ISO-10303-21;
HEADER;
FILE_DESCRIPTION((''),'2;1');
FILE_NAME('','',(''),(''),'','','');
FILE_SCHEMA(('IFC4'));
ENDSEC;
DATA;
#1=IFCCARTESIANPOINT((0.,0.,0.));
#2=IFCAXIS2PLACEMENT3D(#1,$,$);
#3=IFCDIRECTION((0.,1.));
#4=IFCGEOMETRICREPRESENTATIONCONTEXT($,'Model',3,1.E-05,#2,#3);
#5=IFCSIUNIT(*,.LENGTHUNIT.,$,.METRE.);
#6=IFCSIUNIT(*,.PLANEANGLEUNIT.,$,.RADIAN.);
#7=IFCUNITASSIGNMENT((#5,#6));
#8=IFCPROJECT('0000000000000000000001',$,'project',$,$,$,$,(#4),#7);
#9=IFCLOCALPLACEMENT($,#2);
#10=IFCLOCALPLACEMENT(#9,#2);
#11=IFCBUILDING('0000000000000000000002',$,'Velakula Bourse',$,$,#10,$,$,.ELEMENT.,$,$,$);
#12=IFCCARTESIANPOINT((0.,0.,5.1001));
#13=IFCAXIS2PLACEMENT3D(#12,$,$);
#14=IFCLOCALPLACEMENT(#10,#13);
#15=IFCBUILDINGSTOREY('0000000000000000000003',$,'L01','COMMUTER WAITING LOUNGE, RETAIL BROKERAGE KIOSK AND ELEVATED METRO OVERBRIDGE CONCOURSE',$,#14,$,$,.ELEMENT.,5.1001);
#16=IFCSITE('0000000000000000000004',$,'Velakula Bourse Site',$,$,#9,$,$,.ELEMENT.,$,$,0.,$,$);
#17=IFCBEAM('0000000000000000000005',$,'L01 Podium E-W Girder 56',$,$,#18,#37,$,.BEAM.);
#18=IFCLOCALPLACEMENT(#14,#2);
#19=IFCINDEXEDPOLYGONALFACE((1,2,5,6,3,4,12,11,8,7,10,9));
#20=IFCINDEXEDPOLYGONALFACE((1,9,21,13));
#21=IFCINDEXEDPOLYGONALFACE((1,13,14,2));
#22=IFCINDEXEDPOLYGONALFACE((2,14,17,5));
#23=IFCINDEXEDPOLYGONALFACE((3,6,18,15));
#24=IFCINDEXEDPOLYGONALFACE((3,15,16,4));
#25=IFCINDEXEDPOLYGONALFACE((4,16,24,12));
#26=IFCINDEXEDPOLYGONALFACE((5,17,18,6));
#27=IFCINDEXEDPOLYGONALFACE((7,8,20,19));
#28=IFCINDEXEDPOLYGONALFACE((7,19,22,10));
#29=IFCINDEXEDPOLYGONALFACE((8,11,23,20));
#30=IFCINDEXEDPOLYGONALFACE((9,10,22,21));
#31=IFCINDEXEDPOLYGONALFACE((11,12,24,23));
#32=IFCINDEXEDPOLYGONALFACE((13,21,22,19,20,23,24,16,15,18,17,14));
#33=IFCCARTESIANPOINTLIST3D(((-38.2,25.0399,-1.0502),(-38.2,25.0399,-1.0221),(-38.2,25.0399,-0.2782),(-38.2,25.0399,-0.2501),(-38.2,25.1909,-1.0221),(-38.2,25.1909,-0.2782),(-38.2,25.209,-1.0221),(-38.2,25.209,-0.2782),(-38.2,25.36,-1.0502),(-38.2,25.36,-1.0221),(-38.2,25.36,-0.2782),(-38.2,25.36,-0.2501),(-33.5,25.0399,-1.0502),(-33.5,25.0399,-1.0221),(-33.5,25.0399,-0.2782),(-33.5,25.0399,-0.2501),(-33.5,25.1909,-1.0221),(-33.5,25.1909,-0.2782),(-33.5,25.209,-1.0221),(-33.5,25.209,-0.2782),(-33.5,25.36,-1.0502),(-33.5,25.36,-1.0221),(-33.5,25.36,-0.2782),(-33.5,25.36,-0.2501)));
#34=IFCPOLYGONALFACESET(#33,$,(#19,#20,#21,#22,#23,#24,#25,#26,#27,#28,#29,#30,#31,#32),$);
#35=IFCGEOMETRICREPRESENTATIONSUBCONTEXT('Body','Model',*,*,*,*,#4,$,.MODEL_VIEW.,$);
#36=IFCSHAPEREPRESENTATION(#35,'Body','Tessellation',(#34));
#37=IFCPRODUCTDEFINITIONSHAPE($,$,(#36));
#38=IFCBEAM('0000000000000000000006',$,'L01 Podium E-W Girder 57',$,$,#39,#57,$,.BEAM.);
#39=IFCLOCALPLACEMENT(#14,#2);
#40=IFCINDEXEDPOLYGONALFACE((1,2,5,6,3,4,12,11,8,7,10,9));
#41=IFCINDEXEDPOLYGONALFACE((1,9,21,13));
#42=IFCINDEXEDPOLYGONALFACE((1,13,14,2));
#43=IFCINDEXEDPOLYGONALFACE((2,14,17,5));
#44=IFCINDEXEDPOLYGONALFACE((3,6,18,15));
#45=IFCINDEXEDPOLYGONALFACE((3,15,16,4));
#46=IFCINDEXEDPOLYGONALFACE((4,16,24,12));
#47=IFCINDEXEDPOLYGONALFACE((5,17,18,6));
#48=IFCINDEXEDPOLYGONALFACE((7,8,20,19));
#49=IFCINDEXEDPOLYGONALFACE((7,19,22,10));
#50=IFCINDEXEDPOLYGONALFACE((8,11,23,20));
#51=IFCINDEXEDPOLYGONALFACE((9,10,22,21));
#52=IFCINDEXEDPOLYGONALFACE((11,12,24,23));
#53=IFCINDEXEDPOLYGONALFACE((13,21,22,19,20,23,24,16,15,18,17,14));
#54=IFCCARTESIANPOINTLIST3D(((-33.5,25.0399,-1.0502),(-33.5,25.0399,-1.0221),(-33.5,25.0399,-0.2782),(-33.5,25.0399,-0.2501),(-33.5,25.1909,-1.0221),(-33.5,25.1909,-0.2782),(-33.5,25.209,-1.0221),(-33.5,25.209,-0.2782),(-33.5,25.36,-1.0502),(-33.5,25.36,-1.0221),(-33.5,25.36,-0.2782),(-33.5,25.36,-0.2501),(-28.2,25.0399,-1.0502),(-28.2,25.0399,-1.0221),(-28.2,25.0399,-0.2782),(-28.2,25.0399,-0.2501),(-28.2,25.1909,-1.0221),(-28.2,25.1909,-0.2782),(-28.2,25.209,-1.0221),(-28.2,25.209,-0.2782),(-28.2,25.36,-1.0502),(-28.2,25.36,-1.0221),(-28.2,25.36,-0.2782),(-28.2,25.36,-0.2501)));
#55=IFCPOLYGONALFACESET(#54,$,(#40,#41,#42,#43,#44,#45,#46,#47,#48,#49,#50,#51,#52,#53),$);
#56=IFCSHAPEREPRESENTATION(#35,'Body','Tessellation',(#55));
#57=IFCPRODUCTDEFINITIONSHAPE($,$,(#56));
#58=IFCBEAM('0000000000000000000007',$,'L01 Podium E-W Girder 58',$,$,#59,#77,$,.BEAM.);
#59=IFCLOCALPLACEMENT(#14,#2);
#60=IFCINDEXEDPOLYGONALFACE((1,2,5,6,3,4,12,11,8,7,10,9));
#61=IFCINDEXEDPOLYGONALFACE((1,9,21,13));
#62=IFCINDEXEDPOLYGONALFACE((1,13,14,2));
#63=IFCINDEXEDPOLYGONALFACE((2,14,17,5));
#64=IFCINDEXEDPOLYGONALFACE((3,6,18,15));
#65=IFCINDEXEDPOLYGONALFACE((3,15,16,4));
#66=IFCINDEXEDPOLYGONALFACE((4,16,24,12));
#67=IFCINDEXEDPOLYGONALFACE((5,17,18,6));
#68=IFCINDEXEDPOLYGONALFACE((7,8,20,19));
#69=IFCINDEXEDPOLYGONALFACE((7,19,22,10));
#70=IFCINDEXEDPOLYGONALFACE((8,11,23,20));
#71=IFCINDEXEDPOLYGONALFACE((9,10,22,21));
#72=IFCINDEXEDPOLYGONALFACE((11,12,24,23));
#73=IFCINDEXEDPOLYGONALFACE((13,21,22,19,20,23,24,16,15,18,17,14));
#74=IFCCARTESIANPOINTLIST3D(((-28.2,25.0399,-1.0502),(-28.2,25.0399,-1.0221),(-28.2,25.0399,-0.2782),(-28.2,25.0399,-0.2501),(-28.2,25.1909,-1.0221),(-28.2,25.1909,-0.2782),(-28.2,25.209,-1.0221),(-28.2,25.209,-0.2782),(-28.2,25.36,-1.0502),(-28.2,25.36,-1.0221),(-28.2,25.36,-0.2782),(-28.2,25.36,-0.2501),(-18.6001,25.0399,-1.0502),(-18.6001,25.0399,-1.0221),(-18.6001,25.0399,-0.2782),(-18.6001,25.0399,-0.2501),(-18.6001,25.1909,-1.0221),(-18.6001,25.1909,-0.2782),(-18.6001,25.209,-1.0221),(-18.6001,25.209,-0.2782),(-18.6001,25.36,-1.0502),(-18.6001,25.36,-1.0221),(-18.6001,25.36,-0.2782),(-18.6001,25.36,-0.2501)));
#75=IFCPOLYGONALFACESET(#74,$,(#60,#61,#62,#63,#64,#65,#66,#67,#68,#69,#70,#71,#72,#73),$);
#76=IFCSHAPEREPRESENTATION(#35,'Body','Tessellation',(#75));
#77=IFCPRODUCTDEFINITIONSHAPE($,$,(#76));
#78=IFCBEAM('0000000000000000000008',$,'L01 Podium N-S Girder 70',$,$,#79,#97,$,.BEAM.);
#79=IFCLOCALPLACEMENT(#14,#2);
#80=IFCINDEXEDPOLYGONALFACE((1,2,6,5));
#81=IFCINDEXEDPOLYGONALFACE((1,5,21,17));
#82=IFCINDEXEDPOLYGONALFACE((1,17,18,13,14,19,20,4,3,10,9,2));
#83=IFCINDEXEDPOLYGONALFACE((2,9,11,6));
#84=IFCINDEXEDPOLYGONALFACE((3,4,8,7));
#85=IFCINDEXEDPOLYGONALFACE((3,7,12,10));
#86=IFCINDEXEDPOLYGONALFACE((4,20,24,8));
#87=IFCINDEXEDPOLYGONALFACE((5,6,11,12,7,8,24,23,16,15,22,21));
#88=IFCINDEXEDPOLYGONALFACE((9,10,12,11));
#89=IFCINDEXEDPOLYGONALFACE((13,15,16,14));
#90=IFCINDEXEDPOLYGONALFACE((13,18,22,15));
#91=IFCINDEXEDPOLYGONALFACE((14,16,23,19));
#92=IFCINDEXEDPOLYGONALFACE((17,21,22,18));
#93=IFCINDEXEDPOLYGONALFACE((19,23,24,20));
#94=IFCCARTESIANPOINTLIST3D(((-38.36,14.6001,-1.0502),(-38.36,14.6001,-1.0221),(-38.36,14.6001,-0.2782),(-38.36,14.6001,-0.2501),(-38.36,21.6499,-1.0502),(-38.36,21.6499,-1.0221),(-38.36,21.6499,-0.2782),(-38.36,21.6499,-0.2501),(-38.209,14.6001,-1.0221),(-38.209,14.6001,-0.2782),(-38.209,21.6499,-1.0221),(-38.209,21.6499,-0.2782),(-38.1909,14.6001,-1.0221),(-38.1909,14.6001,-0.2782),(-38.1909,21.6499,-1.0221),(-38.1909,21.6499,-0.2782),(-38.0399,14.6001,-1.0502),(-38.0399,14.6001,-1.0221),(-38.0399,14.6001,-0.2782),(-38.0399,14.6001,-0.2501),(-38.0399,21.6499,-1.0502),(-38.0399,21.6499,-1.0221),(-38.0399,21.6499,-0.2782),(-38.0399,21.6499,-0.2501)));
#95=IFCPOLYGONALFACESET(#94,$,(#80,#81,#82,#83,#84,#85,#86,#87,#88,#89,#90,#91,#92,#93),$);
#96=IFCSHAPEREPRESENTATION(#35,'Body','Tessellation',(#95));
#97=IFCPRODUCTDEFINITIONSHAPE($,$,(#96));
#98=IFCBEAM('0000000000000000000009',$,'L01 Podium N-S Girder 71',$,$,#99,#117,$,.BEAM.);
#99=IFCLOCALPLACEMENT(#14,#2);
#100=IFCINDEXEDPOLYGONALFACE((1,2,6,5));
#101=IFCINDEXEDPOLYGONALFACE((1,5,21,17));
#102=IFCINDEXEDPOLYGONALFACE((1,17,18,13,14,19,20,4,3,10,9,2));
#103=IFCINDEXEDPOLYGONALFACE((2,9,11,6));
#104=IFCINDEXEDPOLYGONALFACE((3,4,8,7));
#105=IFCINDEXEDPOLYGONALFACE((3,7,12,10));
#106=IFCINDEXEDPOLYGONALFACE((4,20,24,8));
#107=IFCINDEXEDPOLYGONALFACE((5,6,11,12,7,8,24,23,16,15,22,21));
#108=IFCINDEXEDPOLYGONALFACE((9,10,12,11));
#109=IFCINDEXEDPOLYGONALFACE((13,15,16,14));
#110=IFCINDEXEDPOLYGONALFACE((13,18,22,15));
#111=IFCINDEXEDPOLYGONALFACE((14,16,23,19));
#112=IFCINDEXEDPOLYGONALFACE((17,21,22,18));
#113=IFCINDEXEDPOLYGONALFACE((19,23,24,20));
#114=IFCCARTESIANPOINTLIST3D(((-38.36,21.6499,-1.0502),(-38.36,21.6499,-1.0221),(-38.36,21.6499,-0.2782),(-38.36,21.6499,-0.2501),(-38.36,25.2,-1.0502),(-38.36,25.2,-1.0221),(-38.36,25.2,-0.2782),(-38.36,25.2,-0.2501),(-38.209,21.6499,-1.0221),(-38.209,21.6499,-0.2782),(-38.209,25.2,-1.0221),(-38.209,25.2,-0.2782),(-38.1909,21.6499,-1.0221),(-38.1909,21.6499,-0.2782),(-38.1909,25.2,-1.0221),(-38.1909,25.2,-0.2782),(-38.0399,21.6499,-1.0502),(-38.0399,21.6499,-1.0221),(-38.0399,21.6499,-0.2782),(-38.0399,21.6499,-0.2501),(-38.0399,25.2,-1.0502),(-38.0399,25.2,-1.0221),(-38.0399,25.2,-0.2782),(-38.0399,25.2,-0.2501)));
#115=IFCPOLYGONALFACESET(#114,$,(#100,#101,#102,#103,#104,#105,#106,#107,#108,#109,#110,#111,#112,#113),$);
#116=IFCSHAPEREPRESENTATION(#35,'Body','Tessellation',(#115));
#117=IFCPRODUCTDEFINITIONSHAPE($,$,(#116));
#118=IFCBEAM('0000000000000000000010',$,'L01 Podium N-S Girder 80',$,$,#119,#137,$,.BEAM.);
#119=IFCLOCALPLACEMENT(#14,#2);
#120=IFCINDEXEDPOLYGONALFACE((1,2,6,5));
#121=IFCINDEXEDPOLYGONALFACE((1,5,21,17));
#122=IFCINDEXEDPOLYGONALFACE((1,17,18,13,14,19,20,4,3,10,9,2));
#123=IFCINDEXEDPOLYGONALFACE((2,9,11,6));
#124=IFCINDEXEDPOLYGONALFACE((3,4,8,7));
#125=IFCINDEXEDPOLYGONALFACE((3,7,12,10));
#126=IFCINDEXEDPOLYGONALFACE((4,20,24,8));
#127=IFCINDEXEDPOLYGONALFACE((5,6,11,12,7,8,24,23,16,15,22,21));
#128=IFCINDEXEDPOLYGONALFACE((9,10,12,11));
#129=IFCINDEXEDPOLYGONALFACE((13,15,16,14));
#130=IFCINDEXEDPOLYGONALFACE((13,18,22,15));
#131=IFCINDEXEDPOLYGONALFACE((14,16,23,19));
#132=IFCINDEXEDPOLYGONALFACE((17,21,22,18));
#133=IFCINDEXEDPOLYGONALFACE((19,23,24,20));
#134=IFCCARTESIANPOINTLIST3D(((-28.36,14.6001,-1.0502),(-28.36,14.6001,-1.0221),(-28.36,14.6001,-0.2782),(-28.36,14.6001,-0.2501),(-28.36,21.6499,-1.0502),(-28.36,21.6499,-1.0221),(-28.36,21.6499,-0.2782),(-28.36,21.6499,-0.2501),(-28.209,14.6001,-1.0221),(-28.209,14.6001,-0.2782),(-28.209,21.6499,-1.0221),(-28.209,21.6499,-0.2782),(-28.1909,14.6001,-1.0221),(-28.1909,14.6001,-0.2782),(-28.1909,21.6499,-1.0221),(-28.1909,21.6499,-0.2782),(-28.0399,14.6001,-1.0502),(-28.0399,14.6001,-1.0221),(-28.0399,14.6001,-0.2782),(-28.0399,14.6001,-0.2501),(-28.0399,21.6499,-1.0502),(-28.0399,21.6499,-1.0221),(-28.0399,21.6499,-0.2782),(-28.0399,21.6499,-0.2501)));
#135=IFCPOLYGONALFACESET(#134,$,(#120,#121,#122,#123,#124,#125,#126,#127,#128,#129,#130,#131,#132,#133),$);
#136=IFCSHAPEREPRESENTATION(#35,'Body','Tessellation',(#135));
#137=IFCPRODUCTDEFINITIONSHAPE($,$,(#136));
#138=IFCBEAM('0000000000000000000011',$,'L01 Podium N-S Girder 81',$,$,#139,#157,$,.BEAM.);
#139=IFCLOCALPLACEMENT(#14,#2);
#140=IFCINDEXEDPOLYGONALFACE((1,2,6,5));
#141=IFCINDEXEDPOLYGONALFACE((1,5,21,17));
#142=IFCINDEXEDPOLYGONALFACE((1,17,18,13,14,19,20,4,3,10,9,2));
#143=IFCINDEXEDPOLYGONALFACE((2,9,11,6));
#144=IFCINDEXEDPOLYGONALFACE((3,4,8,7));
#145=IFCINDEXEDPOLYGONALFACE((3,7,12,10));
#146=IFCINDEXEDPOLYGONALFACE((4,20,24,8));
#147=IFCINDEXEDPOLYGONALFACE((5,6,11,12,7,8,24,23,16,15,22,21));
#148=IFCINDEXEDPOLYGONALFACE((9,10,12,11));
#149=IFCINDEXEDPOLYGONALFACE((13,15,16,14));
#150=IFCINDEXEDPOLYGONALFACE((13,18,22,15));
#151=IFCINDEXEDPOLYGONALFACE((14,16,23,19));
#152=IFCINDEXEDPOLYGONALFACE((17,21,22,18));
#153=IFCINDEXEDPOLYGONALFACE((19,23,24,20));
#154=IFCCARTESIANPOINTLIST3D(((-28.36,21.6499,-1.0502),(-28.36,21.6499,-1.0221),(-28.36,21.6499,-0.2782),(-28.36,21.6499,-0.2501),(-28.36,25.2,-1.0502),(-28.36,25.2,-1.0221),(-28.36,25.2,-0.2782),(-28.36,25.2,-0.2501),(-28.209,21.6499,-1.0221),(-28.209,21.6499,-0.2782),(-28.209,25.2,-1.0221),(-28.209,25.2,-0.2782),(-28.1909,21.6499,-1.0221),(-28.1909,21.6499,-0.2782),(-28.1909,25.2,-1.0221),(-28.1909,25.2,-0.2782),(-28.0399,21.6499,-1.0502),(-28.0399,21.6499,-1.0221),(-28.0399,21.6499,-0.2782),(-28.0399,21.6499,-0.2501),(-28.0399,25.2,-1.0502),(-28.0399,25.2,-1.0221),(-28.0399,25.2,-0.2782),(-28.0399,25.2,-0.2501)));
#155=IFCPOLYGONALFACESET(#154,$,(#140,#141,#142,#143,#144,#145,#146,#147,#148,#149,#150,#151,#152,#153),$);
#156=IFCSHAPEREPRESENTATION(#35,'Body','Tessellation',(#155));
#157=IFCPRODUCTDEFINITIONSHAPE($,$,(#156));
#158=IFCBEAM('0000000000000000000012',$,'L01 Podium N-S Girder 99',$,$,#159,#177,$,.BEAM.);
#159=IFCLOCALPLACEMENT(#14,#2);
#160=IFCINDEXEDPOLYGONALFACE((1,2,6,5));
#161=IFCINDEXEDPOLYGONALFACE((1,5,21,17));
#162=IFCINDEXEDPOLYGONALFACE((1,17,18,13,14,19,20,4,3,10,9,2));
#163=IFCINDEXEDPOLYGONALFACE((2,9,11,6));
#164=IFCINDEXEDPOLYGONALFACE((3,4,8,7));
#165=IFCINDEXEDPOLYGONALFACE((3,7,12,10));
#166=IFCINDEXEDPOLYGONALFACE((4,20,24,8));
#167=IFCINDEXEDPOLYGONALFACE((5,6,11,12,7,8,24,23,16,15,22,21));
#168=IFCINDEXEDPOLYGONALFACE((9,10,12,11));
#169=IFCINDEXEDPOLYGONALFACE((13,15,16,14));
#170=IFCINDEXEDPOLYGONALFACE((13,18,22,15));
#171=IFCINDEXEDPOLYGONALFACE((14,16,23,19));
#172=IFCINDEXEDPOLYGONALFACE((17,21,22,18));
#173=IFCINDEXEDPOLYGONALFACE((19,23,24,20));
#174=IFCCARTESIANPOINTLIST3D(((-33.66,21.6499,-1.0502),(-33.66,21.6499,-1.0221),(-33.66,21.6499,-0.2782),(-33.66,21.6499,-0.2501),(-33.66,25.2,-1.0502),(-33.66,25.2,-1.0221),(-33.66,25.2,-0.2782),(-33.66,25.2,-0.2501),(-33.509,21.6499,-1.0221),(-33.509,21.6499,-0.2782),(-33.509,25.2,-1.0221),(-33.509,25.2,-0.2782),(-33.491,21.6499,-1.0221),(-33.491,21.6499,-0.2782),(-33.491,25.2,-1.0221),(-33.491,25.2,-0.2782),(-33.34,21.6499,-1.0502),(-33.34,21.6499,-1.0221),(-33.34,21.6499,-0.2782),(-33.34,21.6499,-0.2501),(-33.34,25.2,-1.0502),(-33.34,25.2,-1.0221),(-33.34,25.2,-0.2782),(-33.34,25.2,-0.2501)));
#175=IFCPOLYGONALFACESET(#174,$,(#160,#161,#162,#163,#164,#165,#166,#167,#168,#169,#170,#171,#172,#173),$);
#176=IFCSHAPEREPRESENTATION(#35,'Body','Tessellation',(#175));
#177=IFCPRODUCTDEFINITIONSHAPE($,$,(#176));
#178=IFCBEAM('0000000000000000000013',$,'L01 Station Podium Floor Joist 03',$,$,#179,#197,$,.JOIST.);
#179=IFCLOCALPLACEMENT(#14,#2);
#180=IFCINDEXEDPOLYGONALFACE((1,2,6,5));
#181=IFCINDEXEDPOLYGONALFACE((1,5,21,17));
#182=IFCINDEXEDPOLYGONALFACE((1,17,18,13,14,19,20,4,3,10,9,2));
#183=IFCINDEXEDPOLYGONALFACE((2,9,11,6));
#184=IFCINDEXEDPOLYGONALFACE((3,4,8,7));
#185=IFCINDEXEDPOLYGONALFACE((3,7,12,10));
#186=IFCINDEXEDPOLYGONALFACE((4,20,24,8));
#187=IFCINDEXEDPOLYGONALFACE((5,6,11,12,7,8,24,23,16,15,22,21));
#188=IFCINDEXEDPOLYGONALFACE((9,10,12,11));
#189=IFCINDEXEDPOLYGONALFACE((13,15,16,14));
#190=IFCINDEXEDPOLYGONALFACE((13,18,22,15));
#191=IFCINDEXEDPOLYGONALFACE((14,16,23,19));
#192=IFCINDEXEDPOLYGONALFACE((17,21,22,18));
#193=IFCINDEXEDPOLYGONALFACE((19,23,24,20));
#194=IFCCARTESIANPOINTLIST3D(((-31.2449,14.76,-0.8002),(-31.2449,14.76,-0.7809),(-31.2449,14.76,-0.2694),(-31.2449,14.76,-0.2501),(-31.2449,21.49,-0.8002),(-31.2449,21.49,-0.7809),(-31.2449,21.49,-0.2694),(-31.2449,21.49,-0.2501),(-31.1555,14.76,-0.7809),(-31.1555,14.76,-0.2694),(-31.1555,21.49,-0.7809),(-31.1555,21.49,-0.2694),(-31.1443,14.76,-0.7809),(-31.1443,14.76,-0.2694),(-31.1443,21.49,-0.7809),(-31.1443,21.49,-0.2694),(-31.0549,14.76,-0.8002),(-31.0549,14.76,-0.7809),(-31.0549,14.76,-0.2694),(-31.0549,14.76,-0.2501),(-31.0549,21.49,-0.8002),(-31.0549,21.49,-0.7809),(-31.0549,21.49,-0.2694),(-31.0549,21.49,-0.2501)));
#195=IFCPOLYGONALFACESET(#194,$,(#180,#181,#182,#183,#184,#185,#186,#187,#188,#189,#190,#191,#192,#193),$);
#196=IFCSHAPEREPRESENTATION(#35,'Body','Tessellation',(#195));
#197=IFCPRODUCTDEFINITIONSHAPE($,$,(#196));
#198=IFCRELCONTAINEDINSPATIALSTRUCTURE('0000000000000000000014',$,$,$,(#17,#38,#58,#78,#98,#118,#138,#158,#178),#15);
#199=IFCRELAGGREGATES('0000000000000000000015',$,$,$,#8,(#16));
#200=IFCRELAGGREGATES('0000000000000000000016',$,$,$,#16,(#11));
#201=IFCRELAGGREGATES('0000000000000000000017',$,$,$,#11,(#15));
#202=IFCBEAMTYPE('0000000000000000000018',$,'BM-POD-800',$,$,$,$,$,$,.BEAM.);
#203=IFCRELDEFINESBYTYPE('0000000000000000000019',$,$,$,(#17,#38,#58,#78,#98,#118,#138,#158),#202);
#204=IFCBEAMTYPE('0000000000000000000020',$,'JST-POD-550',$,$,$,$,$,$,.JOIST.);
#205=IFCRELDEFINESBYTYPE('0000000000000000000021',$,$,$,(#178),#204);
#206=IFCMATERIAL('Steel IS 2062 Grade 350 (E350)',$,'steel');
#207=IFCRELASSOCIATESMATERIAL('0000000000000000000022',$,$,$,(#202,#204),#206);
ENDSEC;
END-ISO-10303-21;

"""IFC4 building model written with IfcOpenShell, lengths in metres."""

from ifc_helpers import new_model, si_unit, direction, frame, origin, origin_2d, place, context, subcontext, project, spatial, i_section, extrude, material, material_profile, profile_set, type_object, element, save


model = new_model("IFC4")

# Units and contexts
model_context = context("Model", 3, precision=1e-05, world=origin(), true_north=direction((0.0, 1.0)))
body_context = subcontext(model_context, "Body", "Model", "MODEL_VIEW")
ifc_project = project(units=[si_unit("LENGTHUNIT", "METRE"), si_unit("PLANEANGLEUNIT", "RADIAN")], contexts=[model_context])

# Site, building, storey
site_placement = place(None, origin())
site = spatial("IfcSite", under=ifc_project, at=site_placement, Name="Velakula Bourse Site", CompositionType="ELEMENT", RefElevation=0.0)
building_placement = place(site_placement, origin())
building = spatial("IfcBuilding", under=site, at=building_placement, Name="Velakula Bourse", CompositionType="ELEMENT")
storey_placement = place(building_placement, frame((0.0, 0.0, 5.1001)))
storey = spatial("IfcBuildingStorey", under=building, at=storey_placement, Name="L01", Description="COMMUTER WAITING LOUNGE, RETAIL BROKERAGE KIOSK AND ELEVATED METRO OVERBRIDGE CONCOURSE", CompositionType="ELEMENT", Elevation=5.1001)

# Beams
ifc_material_1 = material(Name="Steel IS 2062 Grade 350 (E350)", Category="steel")
ifc_material_profile_1 = material_profile(ifc_material_1, i_section(OverallWidth=0.3201, OverallDepth=0.8, WebThickness=0.0181, FlangeThickness=0.0281, at=origin_2d()), Name="Steel IS 2062 Grade 350 (E350)")
ifc_profile_set_1 = profile_set([ifc_material_profile_1], Name="Steel IS 2062 Grade 350 (E350)")
beam_type_1 = type_object("IfcBeamType", Name="BM-POD-800", PredefinedType="BEAM", material=ifc_profile_set_1)
beam_1_placement = place(storey_placement, frame((-38.2, 25.2, -0.6501), z_axis=(1.0, 0.0, 0.0), x_axis=(0.0, 1.0, 0.0)))
element("IfcBeam", 1, at=beam_1_placement, inside=storey, type_object=beam_type_1, Name="L01 Podium E-W Girder 56", PredefinedType="BEAM", context=body_context, shape_type="SweptSolid", body=[
    extrude(i_section(OverallWidth=0.3201, OverallDepth=0.8, WebThickness=0.0181, FlangeThickness=0.0281, at=origin_2d()), origin(), (0.0, 0.0, 1.0), 4.7),
])
beam_2_placement = place(storey_placement, frame((-33.5, 25.2, -0.6501), z_axis=(1.0, 0.0, 0.0), x_axis=(0.0, 1.0, 0.0)))
element("IfcBeam", 2, at=beam_2_placement, inside=storey, type_object=beam_type_1, Name="L01 Podium E-W Girder 57", PredefinedType="BEAM", context=body_context, shape_type="SweptSolid", body=[
    extrude(i_section(OverallWidth=0.3201, OverallDepth=0.8, WebThickness=0.0181, FlangeThickness=0.0281, at=origin_2d()), origin(), (0.0, 0.0, 1.0), 5.3),
])
beam_3_placement = place(storey_placement, frame((-28.2, 25.2, -0.6501), z_axis=(1.0, 0.0, 0.0), x_axis=(0.0, 1.0, 0.0)))
element("IfcBeam", 3, at=beam_3_placement, inside=storey, type_object=beam_type_1, Name="L01 Podium E-W Girder 58", PredefinedType="BEAM", context=body_context, shape_type="SweptSolid", body=[
    extrude(i_section(OverallWidth=0.3201, OverallDepth=0.8, WebThickness=0.0181, FlangeThickness=0.0281, at=origin_2d()), origin(), (0.0, 0.0, 1.0), 9.5999),
])
beam_4_placement = place(storey_placement, frame((-38.2, 14.6001, -0.6501), z_axis=(0.0, 1.0, 0.0), x_axis=(-1.0, 0.0, 0.0)))
element("IfcBeam", 4, at=beam_4_placement, inside=storey, type_object=beam_type_1, Name="L01 Podium N-S Girder 70", PredefinedType="BEAM", context=body_context, shape_type="SweptSolid", body=[
    extrude(i_section(OverallWidth=0.3201, OverallDepth=0.8, WebThickness=0.0181, FlangeThickness=0.0281, at=origin_2d()), origin(), (0.0, 0.0, 1.0), 7.0498),
])
beam_5_placement = place(storey_placement, frame((-38.2, 21.6499, -0.6501), z_axis=(0.0, 1.0, 0.0), x_axis=(-1.0, 0.0, 0.0)))
element("IfcBeam", 5, at=beam_5_placement, inside=storey, type_object=beam_type_1, Name="L01 Podium N-S Girder 71", PredefinedType="BEAM", context=body_context, shape_type="SweptSolid", body=[
    extrude(i_section(OverallWidth=0.3201, OverallDepth=0.8, WebThickness=0.0181, FlangeThickness=0.0281, at=origin_2d()), origin(), (0.0, 0.0, 1.0), 3.55),
])
beam_6_placement = place(storey_placement, frame((-28.2, 14.6001, -0.6501), z_axis=(0.0, 1.0, 0.0), x_axis=(-1.0, 0.0, 0.0)))
element("IfcBeam", 6, at=beam_6_placement, inside=storey, type_object=beam_type_1, Name="L01 Podium N-S Girder 80", PredefinedType="BEAM", context=body_context, shape_type="SweptSolid", body=[
    extrude(i_section(OverallWidth=0.3201, OverallDepth=0.8, WebThickness=0.0181, FlangeThickness=0.0281, at=origin_2d()), origin(), (0.0, 0.0, 1.0), 7.0498),
])
for number, where, z_axis, x_axis, name in (
    (7, (-28.2, 21.6499, -0.6501), (0.0, 1.0, 0.0), (-1.0, 0.0, 0.0), "L01 Podium N-S Girder 81"),
    (8, (-33.5, 21.6499, -0.6501), (0.0, 1.0, 0.0), (-1.0, 0.0, 0.0), "L01 Podium N-S Girder 99"),
):
    element("IfcBeam", number, at=place(storey_placement, frame(where, z_axis=z_axis, x_axis=x_axis)), inside=storey, type_object=beam_type_1, Name=name, PredefinedType="BEAM", context=body_context, shape_type="SweptSolid", body=[
        extrude(i_section(OverallWidth=0.3201, OverallDepth=0.8, WebThickness=0.0181, FlangeThickness=0.0281, at=origin_2d()), origin(), (0.0, 0.0, 1.0), 3.55),
    ])
ifc_material_profile_2 = material_profile(ifc_material_1, i_section(OverallWidth=0.1899, OverallDepth=0.55, WebThickness=0.0112, FlangeThickness=0.0193, at=origin_2d()), Name="Steel IS 2062 Grade 350 (E350)")
ifc_profile_set_2 = profile_set([ifc_material_profile_2], Name="Steel IS 2062 Grade 350 (E350)")
beam_type_2 = type_object("IfcBeamType", Name="JST-POD-550", PredefinedType="JOIST", material=ifc_profile_set_2)
beam_7_placement = place(storey_placement, frame((-31.1499, 14.76, -0.5251), z_axis=(0.0, 1.0, 0.0), x_axis=(-1.0, 0.0, 0.0)))
element("IfcBeam", 9, at=beam_7_placement, inside=storey, type_object=beam_type_2, Name="L01 Station Podium Floor Joist 03", PredefinedType="JOIST", context=body_context, shape_type="SweptSolid", body=[
    extrude(i_section(OverallWidth=0.1899, OverallDepth=0.55, WebThickness=0.0112, FlangeThickness=0.0193, at=origin_2d()), origin(), (0.0, 0.0, 1.0), 6.73),
])

save(model, "model.ifc")
